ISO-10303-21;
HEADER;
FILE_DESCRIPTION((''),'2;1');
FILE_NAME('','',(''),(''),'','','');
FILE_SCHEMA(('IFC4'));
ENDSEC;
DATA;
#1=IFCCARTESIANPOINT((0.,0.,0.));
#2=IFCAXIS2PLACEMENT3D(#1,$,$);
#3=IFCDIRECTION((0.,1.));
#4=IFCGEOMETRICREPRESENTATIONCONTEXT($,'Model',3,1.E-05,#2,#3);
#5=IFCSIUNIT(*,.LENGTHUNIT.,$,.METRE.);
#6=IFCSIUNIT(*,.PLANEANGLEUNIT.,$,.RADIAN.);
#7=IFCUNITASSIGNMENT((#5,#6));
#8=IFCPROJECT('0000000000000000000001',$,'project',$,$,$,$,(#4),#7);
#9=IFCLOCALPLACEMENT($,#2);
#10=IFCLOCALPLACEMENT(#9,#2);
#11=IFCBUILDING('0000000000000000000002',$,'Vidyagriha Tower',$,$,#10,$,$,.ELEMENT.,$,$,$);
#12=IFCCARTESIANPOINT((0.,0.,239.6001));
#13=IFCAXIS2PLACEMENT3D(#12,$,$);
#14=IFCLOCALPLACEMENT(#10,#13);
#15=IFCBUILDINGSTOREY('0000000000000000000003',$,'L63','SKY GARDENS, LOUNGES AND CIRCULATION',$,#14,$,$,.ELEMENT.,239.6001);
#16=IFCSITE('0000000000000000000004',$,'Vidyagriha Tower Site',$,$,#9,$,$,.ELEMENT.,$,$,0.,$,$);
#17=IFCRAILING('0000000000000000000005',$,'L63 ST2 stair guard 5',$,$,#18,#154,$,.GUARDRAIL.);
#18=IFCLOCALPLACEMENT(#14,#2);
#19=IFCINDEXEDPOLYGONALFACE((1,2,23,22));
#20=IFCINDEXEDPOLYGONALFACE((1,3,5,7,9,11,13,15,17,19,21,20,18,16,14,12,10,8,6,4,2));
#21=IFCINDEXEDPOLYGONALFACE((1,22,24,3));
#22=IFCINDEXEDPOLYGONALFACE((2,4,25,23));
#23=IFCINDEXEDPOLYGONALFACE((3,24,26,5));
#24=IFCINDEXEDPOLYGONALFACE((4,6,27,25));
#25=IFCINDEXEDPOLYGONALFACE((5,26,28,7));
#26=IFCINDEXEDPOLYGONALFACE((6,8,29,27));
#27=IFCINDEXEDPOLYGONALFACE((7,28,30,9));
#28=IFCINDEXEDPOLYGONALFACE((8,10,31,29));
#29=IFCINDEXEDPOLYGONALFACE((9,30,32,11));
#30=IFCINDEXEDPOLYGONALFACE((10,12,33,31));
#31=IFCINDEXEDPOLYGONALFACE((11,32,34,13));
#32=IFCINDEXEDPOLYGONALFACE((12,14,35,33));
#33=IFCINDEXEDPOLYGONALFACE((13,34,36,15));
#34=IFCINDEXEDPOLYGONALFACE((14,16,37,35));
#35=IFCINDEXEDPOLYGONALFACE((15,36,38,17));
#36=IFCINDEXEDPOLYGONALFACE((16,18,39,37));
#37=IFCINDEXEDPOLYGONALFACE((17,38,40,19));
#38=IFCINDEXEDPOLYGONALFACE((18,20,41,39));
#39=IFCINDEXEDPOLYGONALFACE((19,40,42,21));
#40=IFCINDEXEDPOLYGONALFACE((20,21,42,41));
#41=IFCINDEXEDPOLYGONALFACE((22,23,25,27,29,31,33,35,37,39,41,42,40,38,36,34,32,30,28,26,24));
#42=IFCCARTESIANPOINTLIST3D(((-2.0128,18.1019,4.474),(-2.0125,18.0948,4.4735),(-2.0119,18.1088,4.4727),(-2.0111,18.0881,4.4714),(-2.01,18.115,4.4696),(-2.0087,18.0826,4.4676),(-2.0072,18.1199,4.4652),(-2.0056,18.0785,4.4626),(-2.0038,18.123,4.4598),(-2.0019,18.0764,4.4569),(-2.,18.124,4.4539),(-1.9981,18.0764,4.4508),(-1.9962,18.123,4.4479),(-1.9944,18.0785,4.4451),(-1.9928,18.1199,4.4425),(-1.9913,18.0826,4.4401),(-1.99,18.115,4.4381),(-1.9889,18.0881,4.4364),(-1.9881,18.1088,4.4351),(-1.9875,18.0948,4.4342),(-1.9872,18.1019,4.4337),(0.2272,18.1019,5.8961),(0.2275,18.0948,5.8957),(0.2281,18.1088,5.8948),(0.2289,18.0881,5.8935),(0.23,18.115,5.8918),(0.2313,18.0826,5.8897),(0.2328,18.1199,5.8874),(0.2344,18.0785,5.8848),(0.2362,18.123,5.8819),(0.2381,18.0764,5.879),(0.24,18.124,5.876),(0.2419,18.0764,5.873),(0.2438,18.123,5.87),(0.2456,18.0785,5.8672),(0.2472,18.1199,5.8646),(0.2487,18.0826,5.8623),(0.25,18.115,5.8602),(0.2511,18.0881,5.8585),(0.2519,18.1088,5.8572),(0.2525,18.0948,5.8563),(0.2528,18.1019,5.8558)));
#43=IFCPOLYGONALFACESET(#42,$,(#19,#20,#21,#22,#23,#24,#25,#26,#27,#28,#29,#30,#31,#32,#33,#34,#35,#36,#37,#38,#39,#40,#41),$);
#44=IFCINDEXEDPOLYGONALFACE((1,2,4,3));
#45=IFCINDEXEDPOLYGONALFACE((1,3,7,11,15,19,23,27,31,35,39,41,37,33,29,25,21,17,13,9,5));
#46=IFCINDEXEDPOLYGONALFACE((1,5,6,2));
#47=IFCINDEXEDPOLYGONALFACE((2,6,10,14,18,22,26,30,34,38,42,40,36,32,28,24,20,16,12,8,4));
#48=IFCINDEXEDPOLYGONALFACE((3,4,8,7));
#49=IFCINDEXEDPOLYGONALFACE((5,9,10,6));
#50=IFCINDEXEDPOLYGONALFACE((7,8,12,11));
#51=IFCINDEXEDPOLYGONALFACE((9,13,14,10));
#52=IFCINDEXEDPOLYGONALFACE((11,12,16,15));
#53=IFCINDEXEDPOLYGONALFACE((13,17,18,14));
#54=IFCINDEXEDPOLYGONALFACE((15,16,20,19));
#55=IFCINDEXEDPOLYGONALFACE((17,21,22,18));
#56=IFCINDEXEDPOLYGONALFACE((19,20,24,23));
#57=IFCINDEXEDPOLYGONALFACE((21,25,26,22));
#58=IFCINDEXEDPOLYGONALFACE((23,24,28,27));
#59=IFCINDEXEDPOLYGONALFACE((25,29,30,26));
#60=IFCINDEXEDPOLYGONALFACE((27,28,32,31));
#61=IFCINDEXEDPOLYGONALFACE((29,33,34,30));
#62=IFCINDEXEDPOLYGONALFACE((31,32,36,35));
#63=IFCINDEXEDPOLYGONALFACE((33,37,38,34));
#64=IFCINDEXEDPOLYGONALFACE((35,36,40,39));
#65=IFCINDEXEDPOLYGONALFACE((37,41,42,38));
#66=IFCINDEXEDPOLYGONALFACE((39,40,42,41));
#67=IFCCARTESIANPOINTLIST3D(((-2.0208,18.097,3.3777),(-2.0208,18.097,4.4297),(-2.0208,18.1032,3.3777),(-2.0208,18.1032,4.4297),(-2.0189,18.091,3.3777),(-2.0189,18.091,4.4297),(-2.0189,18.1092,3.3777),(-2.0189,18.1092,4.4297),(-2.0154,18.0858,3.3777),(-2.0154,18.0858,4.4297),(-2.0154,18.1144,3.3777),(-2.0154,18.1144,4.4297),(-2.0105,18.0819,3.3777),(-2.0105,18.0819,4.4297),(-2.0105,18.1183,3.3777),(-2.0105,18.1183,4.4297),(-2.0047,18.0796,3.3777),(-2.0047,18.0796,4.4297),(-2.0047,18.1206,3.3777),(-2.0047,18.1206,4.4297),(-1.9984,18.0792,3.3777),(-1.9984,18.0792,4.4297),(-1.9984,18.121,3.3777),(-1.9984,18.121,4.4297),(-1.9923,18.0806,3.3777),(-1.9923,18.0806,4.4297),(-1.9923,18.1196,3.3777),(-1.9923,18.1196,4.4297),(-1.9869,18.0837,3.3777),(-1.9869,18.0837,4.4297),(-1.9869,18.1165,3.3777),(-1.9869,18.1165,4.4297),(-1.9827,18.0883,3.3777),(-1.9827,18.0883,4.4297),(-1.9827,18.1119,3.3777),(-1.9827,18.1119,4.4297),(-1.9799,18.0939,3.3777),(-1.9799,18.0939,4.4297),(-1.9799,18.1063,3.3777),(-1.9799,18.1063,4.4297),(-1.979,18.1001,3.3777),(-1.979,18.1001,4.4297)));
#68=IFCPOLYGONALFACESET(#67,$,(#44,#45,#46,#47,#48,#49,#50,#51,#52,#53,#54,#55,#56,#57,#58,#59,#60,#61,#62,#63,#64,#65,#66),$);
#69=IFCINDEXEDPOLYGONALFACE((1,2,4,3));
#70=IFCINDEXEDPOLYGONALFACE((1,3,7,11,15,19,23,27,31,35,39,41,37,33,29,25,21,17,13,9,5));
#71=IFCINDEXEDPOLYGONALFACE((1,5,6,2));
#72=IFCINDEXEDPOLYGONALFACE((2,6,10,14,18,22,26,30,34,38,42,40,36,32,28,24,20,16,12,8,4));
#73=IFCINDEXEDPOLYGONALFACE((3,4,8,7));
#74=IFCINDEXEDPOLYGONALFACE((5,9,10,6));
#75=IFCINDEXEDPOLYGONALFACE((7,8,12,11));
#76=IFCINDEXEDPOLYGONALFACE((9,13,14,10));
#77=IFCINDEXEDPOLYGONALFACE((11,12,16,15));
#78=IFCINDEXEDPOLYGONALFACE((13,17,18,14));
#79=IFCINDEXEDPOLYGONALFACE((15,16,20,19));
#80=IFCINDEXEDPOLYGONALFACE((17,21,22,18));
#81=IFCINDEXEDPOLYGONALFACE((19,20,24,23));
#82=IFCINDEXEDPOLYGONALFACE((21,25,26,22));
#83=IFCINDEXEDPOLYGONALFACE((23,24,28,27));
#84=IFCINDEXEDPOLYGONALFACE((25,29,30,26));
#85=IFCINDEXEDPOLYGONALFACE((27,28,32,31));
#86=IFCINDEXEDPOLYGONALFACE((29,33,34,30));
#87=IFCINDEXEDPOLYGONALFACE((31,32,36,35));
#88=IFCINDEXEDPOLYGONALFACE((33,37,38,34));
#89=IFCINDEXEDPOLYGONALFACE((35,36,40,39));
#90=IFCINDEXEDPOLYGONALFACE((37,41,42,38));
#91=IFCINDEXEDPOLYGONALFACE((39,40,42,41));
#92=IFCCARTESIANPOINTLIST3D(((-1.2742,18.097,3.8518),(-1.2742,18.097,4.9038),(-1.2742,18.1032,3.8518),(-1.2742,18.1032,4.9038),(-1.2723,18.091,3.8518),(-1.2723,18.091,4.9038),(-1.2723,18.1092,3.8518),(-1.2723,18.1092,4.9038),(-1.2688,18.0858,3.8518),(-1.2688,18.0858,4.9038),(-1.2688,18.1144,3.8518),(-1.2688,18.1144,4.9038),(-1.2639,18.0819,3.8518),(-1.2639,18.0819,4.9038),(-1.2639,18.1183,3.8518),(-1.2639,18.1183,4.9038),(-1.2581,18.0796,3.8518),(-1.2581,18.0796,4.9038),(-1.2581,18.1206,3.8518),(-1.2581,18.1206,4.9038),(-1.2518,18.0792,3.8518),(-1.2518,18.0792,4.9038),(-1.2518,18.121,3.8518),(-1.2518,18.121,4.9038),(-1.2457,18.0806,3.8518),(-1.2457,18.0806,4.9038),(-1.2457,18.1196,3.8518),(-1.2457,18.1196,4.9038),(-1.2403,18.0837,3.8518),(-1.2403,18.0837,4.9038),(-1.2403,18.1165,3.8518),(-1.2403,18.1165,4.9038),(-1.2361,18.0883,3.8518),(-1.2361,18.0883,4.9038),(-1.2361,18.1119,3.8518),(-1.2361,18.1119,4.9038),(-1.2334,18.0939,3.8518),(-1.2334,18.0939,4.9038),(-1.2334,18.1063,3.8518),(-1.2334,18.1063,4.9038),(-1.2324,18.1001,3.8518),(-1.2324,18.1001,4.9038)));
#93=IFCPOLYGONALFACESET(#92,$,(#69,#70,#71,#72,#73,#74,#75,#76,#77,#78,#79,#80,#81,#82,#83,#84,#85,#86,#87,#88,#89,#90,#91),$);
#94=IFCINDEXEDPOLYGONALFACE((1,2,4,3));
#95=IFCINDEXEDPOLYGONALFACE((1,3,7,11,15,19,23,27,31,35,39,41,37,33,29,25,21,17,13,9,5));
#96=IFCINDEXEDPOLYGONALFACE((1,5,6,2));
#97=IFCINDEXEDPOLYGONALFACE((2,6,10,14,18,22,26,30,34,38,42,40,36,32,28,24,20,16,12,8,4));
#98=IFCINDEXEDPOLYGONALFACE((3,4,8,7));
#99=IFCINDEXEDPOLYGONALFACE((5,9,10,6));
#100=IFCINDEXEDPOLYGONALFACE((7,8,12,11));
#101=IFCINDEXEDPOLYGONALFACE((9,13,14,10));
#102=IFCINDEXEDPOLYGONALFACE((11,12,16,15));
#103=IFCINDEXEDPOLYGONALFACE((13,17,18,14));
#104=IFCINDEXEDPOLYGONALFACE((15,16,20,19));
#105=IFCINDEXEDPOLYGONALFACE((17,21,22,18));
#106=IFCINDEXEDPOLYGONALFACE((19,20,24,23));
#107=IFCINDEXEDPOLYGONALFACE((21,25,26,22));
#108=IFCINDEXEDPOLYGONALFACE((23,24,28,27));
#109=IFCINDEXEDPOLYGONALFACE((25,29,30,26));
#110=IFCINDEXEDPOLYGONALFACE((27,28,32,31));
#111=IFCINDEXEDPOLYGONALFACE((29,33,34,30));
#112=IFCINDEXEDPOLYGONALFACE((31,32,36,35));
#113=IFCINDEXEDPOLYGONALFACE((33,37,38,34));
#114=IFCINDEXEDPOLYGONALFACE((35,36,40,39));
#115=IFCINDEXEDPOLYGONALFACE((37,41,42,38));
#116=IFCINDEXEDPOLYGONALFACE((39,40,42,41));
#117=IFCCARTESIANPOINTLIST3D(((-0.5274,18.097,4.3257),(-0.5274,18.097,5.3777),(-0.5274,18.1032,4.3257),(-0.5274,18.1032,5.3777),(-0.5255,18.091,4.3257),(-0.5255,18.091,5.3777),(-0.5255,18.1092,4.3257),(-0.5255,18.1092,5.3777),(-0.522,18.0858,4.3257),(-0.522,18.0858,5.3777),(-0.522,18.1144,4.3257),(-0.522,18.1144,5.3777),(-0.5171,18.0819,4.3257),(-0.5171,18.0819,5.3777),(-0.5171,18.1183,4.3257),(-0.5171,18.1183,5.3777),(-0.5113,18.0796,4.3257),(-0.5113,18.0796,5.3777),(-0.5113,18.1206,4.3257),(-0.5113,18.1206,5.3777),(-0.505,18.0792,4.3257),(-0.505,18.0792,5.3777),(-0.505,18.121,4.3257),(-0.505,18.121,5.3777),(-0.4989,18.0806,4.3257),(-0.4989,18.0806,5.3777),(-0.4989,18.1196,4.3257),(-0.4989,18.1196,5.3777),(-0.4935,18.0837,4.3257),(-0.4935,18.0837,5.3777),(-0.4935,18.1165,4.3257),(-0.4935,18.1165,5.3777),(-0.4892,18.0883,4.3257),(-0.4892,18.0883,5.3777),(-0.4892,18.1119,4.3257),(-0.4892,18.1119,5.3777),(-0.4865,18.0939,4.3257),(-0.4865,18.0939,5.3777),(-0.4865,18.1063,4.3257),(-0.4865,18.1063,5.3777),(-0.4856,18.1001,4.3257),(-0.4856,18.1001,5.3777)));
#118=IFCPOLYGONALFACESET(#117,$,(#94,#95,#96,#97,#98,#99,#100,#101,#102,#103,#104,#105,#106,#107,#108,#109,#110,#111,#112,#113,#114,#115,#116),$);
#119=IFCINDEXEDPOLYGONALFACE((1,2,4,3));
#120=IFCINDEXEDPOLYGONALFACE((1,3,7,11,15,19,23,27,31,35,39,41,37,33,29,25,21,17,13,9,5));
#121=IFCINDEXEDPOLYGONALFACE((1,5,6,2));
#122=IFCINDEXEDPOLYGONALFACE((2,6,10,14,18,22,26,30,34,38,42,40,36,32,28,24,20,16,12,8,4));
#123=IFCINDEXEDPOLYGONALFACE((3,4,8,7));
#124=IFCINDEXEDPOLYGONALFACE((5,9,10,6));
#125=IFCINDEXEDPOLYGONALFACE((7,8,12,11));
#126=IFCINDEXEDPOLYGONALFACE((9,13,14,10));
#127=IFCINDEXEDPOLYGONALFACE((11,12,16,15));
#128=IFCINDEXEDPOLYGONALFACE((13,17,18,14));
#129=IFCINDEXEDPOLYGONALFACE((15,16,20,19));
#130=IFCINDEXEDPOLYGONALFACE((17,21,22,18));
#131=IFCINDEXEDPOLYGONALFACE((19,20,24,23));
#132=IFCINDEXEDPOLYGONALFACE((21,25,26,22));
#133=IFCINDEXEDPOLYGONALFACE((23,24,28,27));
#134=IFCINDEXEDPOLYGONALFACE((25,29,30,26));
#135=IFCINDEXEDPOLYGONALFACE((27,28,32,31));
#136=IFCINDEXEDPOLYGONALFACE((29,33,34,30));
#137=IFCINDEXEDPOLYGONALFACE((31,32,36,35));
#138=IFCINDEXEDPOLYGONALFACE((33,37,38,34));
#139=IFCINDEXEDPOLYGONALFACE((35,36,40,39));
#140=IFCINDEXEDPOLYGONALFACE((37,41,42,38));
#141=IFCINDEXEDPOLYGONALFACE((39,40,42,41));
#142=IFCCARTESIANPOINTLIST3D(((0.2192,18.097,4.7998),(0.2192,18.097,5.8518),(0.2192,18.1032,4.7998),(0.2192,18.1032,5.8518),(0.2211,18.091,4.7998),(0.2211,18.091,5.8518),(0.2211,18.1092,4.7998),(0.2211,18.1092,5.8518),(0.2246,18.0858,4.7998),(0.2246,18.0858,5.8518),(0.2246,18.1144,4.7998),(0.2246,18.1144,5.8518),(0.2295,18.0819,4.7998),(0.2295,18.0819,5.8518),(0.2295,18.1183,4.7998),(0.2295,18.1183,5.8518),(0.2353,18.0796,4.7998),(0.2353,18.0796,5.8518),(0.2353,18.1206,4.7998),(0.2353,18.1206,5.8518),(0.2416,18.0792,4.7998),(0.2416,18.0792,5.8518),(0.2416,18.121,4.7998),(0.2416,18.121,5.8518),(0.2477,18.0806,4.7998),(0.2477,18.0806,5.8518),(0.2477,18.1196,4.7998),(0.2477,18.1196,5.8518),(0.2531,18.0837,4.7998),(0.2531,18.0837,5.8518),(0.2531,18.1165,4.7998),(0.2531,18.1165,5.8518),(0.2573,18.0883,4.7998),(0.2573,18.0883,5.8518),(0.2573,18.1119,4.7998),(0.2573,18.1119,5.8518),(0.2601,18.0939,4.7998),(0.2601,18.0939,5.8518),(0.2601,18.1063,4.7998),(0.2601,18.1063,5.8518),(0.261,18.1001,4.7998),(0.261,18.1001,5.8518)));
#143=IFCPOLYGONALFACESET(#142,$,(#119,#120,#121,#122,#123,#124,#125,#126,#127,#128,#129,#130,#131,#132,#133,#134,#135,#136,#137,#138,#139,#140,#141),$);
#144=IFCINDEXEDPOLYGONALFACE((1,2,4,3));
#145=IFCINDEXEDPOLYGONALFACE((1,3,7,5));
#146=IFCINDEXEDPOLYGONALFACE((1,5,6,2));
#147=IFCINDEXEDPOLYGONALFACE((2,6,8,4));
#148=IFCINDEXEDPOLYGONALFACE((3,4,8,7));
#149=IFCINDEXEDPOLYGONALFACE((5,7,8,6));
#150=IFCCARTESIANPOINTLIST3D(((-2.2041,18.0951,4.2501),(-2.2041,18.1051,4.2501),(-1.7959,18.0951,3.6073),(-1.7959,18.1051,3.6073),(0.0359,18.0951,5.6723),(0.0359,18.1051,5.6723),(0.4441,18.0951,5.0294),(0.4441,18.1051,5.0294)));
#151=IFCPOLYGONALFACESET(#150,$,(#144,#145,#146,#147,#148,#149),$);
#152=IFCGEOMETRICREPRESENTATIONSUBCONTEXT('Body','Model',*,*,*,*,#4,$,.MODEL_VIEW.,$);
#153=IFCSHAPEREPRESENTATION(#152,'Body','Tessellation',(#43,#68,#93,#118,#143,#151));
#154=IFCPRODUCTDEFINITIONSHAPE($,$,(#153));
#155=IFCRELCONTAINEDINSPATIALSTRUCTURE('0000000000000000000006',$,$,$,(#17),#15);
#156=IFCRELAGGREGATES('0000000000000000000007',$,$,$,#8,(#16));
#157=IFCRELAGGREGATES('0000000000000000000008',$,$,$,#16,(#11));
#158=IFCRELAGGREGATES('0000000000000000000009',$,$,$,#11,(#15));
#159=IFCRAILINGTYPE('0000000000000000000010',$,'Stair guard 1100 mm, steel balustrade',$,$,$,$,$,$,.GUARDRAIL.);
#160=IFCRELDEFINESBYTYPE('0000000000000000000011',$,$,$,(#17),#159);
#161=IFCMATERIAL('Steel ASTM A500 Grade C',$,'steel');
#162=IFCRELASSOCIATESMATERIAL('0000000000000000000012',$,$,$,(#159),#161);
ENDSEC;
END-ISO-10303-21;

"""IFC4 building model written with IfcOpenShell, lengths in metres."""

from ifc_helpers import new_model, si_unit, direction, frame, origin, origin_2d, place, context, subcontext, project, spatial, rectangle, circle, extrude, material, type_object, element, save


model = new_model("IFC4")

# Units and contexts
model_context = context("Model", 3, precision=1e-05, world=origin(), true_north=direction((0.0, 1.0)))
body_context = subcontext(model_context, "Body", "Model", "MODEL_VIEW")
ifc_project = project(units=[si_unit("LENGTHUNIT", "METRE"), si_unit("PLANEANGLEUNIT", "RADIAN")], contexts=[model_context])

# Site, building, storey
site_placement = place(None, origin())
site = spatial("IfcSite", under=ifc_project, at=site_placement, Name="Vidyagriha Tower Site", CompositionType="ELEMENT", RefElevation=0.0)
building_placement = place(site_placement, origin())
building = spatial("IfcBuilding", under=site, at=building_placement, Name="Vidyagriha Tower", CompositionType="ELEMENT")
storey_placement = place(building_placement, frame((0.0, 0.0, 239.6001)))
storey = spatial("IfcBuildingStorey", under=building, at=storey_placement, Name="L63", Description="SKY GARDENS, LOUNGES AND CIRCULATION", CompositionType="ELEMENT", Elevation=239.6001)

# Railing
ifc_material_1 = material(Name="Steel ASTM A500 Grade C", Category="steel")
railing_type_1 = type_object("IfcRailingType", Name="Stair guard 1100 mm, steel balustrade", PredefinedType="GUARDRAIL", material=ifc_material_1)
railing_1_placement = place(storey_placement, frame((-2.0, 18.1001, 3.3777)))
element("IfcRailing", 1, at=railing_1_placement, inside=storey, type_object=railing_type_1, Name="L63 ST2 stair guard 5", PredefinedType="GUARDRAIL", context=body_context, shape_type="SweptSolid", body=[
    extrude(circle(Radius=0.0239, at=origin_2d()), frame((0.0, 0.0, 1.0762), z_axis=(0.844229, 0.0, 0.535982), x_axis=(0.0, 1.0, 0.0)), (0.0, 0.0, 1.0), 2.6533),
    extrude(circle(Radius=0.021, at=origin_2d()), origin(), (0.0, 0.0, 1.0), 1.052),
    extrude(circle(Radius=0.021, at=origin_2d()), frame((0.7466, 0.0, 0.4741)), (0.0, 0.0, 1.0), 1.052),
    extrude(circle(Radius=0.021, at=origin_2d()), frame((1.4934, 0.0, 0.948)), (0.0, 0.0, 1.0), 1.052),
    extrude(circle(Radius=0.021, at=origin_2d()), frame((2.24, 0.0, 1.4221)), (0.0, 0.0, 1.0), 1.052),
    extrude(rectangle(XDim=0.01, YDim=0.7615, at=origin_2d()), frame((0.0, 0.0, 0.551), z_axis=(0.844229, 0.0, 0.535982), x_axis=(0.0, 1.0, 0.0)), (0.0, 0.0, 1.0), 2.6533),
])

save(model, "model.ifc")
